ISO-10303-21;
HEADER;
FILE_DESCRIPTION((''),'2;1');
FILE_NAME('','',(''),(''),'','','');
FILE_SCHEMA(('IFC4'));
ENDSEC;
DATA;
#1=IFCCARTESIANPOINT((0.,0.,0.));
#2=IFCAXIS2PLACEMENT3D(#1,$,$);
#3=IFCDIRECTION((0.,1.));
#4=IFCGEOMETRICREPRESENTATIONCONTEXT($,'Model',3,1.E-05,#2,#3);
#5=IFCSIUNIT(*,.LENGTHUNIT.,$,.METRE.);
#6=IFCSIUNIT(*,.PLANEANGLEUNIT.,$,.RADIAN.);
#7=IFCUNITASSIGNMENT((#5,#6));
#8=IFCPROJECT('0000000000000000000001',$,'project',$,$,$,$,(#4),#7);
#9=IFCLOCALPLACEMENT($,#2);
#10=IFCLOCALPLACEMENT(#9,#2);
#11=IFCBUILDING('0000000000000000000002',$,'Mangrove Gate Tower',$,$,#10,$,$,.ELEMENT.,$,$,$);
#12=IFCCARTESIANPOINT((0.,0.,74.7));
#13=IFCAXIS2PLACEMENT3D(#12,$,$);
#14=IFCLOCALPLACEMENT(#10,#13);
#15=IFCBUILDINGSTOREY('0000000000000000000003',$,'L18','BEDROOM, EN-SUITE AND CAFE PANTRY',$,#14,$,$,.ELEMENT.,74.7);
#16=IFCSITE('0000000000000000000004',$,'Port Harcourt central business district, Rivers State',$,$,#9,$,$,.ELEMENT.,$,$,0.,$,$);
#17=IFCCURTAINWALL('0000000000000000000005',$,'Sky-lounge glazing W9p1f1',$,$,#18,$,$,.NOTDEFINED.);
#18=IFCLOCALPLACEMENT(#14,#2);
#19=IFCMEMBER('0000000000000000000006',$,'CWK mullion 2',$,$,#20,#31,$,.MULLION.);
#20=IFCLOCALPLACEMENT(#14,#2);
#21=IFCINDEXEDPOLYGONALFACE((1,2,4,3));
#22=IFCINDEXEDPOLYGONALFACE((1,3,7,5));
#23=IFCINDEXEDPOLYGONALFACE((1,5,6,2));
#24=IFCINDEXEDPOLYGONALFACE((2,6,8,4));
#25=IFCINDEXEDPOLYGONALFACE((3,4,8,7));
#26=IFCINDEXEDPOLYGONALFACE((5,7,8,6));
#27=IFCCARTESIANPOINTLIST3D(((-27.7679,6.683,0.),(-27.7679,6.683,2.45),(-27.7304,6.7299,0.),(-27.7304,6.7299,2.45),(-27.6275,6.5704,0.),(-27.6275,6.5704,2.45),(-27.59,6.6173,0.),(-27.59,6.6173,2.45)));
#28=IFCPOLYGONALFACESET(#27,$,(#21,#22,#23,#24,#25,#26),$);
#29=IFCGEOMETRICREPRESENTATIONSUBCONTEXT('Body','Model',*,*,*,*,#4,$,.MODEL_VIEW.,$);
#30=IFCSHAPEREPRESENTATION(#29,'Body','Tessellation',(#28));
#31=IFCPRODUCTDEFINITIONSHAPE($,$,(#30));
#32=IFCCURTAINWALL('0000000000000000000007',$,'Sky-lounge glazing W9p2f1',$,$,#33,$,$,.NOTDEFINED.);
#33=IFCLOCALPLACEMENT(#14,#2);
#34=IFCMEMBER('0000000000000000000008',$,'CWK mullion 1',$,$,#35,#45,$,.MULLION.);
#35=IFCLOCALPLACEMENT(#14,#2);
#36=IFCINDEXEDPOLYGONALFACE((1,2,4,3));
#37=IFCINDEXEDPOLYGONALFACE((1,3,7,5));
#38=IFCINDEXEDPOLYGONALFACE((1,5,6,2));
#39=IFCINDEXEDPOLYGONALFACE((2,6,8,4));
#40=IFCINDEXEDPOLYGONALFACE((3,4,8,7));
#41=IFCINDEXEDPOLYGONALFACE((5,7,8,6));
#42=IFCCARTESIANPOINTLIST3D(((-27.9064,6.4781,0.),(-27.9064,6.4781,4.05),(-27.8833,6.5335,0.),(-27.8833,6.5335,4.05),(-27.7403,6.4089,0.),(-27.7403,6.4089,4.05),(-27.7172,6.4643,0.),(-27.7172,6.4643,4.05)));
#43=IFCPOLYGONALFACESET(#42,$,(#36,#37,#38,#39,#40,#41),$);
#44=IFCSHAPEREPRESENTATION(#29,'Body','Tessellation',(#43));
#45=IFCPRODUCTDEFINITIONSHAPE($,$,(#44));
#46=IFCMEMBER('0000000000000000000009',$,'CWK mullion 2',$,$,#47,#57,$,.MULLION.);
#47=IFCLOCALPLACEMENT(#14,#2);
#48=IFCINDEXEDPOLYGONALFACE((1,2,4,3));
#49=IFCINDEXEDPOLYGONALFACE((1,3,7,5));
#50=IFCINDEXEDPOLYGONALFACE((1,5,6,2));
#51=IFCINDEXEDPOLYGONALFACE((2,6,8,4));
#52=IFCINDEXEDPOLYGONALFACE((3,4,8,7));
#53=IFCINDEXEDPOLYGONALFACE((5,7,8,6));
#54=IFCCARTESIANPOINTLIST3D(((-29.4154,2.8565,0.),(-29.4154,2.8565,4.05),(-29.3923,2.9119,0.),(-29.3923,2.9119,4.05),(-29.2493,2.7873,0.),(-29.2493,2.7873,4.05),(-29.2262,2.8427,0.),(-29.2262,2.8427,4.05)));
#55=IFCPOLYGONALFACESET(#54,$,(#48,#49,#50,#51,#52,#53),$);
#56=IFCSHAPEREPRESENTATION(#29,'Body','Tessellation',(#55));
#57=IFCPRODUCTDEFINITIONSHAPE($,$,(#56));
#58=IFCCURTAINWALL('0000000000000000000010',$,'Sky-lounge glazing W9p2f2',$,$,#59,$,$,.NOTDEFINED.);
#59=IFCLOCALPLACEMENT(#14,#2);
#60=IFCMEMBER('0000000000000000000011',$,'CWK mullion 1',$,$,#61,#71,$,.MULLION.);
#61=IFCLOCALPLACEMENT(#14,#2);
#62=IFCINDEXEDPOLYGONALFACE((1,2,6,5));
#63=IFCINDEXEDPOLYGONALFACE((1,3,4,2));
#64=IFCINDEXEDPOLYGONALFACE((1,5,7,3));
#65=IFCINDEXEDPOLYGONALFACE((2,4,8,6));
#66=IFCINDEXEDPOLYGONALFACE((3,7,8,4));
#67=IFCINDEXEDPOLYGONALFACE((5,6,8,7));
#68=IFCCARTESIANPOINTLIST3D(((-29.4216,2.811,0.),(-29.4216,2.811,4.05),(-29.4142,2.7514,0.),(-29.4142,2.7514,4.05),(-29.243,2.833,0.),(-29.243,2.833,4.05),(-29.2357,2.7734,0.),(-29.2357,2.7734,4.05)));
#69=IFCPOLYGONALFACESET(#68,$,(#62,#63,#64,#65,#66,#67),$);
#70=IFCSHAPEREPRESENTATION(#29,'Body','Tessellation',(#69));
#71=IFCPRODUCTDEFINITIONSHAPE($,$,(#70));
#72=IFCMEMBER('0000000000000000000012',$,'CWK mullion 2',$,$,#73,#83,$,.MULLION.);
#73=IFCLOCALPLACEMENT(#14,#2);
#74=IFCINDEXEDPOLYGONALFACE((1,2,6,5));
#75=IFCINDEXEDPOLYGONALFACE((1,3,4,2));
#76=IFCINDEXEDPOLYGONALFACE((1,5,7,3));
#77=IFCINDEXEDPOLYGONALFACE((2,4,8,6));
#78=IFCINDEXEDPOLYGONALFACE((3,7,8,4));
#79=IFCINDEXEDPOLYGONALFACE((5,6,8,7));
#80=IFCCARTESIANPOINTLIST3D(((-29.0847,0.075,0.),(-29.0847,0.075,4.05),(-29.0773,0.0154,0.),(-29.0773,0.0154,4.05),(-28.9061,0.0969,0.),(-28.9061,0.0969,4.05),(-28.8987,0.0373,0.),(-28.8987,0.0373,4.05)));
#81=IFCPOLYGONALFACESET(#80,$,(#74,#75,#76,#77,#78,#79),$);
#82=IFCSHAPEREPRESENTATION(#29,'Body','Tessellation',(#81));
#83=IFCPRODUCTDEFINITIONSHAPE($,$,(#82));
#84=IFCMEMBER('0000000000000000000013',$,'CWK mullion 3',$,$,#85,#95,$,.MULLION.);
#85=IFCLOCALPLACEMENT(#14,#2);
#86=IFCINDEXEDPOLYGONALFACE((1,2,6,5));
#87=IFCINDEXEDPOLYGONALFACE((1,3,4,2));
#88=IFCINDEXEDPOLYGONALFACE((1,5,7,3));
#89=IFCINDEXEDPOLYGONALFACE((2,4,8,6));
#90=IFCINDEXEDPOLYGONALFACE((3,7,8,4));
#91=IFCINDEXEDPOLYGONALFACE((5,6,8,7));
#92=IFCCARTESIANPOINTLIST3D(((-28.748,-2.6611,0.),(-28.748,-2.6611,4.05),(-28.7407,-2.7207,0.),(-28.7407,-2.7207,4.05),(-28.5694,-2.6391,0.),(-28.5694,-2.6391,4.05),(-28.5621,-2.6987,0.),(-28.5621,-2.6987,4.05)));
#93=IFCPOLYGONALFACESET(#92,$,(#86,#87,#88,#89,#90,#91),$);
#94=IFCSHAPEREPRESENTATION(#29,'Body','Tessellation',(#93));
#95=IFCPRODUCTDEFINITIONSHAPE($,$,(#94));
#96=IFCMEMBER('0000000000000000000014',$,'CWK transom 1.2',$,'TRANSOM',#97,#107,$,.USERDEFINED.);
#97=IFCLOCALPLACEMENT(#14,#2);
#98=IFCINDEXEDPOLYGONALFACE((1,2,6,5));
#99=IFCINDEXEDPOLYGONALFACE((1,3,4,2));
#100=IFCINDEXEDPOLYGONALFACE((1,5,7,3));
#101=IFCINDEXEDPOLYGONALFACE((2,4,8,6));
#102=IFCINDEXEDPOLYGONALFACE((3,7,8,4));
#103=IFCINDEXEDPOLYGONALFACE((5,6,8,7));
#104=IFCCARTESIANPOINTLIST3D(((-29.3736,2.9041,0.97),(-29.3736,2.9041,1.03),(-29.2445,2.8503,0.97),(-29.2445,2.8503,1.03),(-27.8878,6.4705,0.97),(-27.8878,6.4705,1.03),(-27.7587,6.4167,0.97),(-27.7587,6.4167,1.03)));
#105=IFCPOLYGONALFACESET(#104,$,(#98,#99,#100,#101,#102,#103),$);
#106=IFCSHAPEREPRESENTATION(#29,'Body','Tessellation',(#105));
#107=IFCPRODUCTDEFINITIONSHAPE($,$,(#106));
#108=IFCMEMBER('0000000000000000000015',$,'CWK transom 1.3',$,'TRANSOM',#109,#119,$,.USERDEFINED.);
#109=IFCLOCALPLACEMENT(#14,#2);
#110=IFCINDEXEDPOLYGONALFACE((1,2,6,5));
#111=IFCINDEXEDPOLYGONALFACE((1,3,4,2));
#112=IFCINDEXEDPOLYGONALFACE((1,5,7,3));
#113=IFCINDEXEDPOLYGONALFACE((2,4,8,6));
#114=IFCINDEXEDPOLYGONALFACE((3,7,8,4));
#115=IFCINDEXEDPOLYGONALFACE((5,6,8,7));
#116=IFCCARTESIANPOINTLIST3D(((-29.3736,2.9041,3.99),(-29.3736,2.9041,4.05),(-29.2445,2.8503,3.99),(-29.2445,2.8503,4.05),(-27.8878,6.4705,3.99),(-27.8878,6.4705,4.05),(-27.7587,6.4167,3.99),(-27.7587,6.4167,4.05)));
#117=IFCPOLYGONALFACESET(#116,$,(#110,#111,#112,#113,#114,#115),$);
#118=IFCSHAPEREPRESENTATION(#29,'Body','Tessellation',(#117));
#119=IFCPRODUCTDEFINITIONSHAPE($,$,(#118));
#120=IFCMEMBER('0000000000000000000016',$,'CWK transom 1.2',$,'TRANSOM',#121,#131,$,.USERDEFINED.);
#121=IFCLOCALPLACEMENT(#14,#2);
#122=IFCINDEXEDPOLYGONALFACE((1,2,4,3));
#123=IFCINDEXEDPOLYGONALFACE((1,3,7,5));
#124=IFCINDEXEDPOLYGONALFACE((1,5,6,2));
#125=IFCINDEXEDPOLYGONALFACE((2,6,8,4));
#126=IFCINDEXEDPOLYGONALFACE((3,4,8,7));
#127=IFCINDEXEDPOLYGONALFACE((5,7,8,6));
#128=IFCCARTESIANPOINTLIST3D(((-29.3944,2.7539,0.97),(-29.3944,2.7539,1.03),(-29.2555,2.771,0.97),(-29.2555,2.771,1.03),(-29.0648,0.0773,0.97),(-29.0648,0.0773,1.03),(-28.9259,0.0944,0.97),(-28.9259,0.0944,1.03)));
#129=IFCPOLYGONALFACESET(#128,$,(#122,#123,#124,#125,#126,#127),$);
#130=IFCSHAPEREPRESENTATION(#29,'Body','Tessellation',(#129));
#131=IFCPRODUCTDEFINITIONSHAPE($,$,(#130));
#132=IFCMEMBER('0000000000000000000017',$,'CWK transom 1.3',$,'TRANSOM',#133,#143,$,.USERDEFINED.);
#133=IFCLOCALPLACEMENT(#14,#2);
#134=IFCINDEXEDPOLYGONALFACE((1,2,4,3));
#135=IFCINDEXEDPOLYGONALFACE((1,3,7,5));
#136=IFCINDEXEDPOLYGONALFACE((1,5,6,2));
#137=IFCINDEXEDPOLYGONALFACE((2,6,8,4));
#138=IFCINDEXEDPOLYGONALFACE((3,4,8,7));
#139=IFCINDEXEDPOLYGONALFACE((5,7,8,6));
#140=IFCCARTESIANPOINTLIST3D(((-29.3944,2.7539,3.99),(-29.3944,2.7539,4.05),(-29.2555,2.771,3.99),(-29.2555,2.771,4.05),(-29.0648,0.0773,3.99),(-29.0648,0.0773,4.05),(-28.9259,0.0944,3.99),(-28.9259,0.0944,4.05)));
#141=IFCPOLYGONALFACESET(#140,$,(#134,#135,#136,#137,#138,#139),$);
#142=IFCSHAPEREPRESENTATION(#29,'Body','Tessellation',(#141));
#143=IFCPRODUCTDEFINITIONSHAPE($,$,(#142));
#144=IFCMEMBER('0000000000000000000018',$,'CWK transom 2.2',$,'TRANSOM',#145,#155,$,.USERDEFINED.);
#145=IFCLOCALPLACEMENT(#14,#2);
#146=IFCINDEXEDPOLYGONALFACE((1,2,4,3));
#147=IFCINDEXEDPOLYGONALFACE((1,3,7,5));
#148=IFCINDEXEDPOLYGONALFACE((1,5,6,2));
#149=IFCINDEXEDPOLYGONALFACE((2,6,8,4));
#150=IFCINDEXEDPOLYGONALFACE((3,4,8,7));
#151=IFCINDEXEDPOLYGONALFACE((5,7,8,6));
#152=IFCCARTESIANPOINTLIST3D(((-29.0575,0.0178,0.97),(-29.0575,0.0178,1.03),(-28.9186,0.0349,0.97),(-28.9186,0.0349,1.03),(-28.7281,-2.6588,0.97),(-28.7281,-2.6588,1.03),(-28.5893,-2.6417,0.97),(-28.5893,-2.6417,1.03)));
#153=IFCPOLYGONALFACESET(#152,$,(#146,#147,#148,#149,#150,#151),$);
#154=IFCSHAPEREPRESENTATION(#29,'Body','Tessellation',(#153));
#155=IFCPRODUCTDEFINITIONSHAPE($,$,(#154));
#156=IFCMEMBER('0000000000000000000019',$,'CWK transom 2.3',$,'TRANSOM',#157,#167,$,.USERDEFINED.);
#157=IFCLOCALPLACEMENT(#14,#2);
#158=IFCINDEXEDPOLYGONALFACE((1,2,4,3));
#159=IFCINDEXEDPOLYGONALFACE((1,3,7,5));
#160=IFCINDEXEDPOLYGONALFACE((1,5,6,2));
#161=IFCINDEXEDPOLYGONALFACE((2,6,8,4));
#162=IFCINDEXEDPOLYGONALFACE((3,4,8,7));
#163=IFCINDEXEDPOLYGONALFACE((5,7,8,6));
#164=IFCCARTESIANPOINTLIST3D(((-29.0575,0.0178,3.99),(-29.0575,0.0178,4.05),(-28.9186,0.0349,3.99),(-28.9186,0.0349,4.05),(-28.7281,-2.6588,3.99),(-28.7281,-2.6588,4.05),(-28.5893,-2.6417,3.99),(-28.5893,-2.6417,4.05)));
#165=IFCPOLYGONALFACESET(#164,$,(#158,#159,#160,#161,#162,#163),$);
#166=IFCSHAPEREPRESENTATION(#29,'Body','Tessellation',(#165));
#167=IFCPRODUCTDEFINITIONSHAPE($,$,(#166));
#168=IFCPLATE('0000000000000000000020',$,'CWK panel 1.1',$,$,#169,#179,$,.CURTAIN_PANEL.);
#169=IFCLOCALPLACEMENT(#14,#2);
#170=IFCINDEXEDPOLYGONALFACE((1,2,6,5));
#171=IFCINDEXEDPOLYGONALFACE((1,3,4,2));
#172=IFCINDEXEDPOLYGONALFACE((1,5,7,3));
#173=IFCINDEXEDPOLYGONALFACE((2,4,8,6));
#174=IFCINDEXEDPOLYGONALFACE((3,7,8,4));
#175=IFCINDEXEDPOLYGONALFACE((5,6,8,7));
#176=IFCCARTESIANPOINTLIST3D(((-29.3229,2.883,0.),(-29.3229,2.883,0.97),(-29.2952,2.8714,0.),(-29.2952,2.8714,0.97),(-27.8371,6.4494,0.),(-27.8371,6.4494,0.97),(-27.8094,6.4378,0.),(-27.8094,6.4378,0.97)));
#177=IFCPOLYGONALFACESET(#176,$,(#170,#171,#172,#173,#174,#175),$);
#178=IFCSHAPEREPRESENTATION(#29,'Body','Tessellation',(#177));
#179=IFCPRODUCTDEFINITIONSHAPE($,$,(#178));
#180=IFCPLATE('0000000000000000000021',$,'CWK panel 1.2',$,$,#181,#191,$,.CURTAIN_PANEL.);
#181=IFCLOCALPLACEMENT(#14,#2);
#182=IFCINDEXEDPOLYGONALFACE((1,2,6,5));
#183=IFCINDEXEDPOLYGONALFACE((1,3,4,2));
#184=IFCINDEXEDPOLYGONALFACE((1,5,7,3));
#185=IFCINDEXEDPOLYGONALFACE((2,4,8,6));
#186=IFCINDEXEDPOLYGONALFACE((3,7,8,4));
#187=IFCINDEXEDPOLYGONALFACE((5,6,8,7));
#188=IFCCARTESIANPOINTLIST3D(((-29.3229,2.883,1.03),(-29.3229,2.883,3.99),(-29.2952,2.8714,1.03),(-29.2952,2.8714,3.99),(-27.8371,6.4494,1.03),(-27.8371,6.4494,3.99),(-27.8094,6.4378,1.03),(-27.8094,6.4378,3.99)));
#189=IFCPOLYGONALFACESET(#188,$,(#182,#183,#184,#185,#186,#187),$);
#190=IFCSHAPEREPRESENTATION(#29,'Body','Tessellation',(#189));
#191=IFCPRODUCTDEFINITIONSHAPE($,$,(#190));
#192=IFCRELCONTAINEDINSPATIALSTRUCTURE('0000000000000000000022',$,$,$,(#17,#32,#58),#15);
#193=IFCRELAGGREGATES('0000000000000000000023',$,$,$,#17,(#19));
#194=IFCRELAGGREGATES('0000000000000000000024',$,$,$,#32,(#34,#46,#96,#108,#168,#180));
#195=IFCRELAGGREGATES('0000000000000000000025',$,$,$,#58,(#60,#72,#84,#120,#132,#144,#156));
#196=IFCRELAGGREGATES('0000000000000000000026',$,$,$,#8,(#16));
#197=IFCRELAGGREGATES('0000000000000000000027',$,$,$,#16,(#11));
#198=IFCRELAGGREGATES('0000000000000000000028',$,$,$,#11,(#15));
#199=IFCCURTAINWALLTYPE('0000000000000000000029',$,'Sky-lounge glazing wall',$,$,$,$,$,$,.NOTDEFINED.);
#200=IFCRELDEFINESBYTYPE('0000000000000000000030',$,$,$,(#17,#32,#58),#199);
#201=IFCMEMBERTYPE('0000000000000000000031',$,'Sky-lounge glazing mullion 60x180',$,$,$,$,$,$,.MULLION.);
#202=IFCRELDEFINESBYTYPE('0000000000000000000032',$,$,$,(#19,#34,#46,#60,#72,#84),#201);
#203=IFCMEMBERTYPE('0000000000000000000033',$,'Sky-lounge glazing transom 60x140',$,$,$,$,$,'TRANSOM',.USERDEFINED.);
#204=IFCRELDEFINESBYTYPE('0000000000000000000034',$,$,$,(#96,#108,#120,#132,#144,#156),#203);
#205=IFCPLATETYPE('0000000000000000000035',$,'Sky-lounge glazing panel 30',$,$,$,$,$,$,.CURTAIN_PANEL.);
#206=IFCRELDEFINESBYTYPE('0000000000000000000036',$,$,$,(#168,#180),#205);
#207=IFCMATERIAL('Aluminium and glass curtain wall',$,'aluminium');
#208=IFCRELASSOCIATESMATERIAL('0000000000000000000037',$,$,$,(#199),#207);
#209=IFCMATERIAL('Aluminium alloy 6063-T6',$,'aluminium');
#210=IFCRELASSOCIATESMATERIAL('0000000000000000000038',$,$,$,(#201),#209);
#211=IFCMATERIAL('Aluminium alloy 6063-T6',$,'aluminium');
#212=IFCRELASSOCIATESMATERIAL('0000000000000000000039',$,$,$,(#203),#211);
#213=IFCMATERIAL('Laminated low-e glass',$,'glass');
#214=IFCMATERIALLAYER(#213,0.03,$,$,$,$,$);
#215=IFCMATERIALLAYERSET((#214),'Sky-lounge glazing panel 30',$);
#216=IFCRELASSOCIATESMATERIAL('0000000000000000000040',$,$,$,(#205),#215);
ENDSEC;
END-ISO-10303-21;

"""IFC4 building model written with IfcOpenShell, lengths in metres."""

from ifc_helpers import new_model, si_unit, direction, frame, origin, origin_2d, place, context, subcontext, project, spatial, rectangle, extrude, material, layer, layer_set, material_profile, profile_set, type_object, element, aggregate, save


model = new_model("IFC4")

# Units and contexts
model_context = context("Model", 3, precision=1e-05, world=origin(), true_north=direction((0.0, 1.0)))
body_context = subcontext(model_context, "Body", "Model", "MODEL_VIEW")
ifc_project = project(units=[si_unit("LENGTHUNIT", "METRE"), si_unit("PLANEANGLEUNIT", "RADIAN")], contexts=[model_context])

# Site, building, storey
site_placement = place(None, origin())
site = spatial("IfcSite", under=ifc_project, at=site_placement, Name="Port Harcourt central business district, Rivers State", CompositionType="ELEMENT", RefElevation=0.0)
building_placement = place(site_placement, origin())
building = spatial("IfcBuilding", under=site, at=building_placement, Name="Mangrove Gate Tower", CompositionType="ELEMENT")
storey_placement = place(building_placement, frame((0.0, 0.0, 74.7)))
storey = spatial("IfcBuildingStorey", under=building, at=storey_placement, Name="L18", Description="BEDROOM, EN-SUITE AND CAFE PANTRY", CompositionType="ELEMENT", Elevation=74.7)

# Curtain wall, member
ifc_material_1 = material(Name="Aluminium and glass curtain wall", Category="aluminium")
curtain_wall_type = type_object("IfcCurtainWallType", Name="Sky-lounge glazing wall", PredefinedType="NOTDEFINED", material=ifc_material_1)
curtain_wall_1_placement = place(storey_placement, origin())
curtain_wall_1 = element("IfcCurtainWall", 1, at=curtain_wall_1_placement, inside=storey, type_object=curtain_wall_type, Name="Sky-lounge glazing W9p1f1", PredefinedType="NOTDEFINED")
ifc_material_2 = material(Name="Aluminium alloy 6063-T6", Category="aluminium")
ifc_material_profile_1 = material_profile(ifc_material_2, rectangle(XDim=0.0601, YDim=0.1799, at=origin_2d()))
ifc_profile_set_1 = profile_set([ifc_material_profile_1], Name="Aluminium alloy 6063-T6")
member_type_1 = type_object("IfcMemberType", Name="Sky-lounge glazing mullion 60x180", PredefinedType="MULLION", material=ifc_profile_set_1)
member_1_placement = place(storey_placement, frame((-27.679, 6.6501, 0.0), z_axis=(0.0, 0.0, 1.0), x_axis=(-0.625548, -0.780186, 0.0)))
member_1 = element("IfcMember", 2, at=member_1_placement, type_object=member_type_1, Name="CWK mullion 2", PredefinedType="MULLION", context=body_context, shape_type="SweptSolid", body=[
    extrude(rectangle(XDim=0.0601, YDim=0.1799, at=origin_2d()), origin(), (0.0, 0.0, 1.0), 2.45),
])
aggregate(curtain_wall_1, [member_1])

# Curtain walls, members
curtain_wall_2_placement = place(storey_placement, origin())
curtain_wall_2 = element("IfcCurtainWall", 3, at=curtain_wall_2_placement, inside=storey, type_object=curtain_wall_type, Name="Sky-lounge glazing W9p2f1", PredefinedType="NOTDEFINED")
member_2_placement = place(storey_placement, frame((-27.8118, 6.4712, 0.0), z_axis=(0.0, 0.0, 1.0), x_axis=(-0.384583, -0.92309, 0.0)))
member_2 = element("IfcMember", 4, at=member_2_placement, type_object=member_type_1, Name="CWK mullion 1", PredefinedType="MULLION", context=body_context, shape_type="SweptSolid", body=[
    extrude(rectangle(XDim=0.0601, YDim=0.1799, at=origin_2d()), origin(), (0.0, 0.0, 1.0), 4.05),
])
member_3_placement = place(storey_placement, frame((-29.3208, 2.8496, 0.0), z_axis=(0.0, 0.0, 1.0), x_axis=(-0.384583, -0.92309, 0.0)))
member_3 = element("IfcMember", 5, at=member_3_placement, type_object=member_type_1, Name="CWK mullion 2", PredefinedType="MULLION", context=body_context, shape_type="SweptSolid", body=[
    extrude(rectangle(XDim=0.0601, YDim=0.1799, at=origin_2d()), origin(), (0.0, 0.0, 1.0), 4.05),
])
curtain_wall_3_placement = place(storey_placement, origin())
curtain_wall_3 = element("IfcCurtainWall", 6, at=curtain_wall_3_placement, inside=storey, type_object=curtain_wall_type, Name="Sky-lounge glazing W9p2f2", PredefinedType="NOTDEFINED")
member_4_placement = place(storey_placement, frame((-29.3286, 2.7922, 0.0), z_axis=(0.0, 0.0, 1.0), x_axis=(0.122172, -0.992509, 0.0)))
member_4 = element("IfcMember", 7, at=member_4_placement, type_object=member_type_1, Name="CWK mullion 1", PredefinedType="MULLION", context=body_context, shape_type="SweptSolid", body=[
    extrude(rectangle(XDim=0.0601, YDim=0.1799, at=origin_2d()), origin(), (0.0, 0.0, 1.0), 4.05),
])
member_5_placement = place(storey_placement, frame((-28.9917, 0.0562, 0.0), z_axis=(0.0, 0.0, 1.0), x_axis=(0.122172, -0.992509, 0.0)))
member_5 = element("IfcMember", 8, at=member_5_placement, type_object=member_type_1, Name="CWK mullion 2", PredefinedType="MULLION", context=body_context, shape_type="SweptSolid", body=[
    extrude(rectangle(XDim=0.0601, YDim=0.1799, at=origin_2d()), origin(), (0.0, 0.0, 1.0), 4.05),
])
member_6_placement = place(storey_placement, frame((-28.655, -2.6799, 0.0), z_axis=(0.0, 0.0, 1.0), x_axis=(0.122172, -0.992509, 0.0)))
member_6 = element("IfcMember", 9, at=member_6_placement, type_object=member_type_1, Name="CWK mullion 3", PredefinedType="MULLION", context=body_context, shape_type="SweptSolid", body=[
    extrude(rectangle(XDim=0.0601, YDim=0.1799, at=origin_2d()), origin(), (0.0, 0.0, 1.0), 4.05),
])

# Members
ifc_material_3 = material(Name="Aluminium alloy 6063-T6", Category="aluminium")
ifc_material_profile_2 = material_profile(ifc_material_3, rectangle(XDim=0.0601, YDim=0.1399, at=origin_2d()))
ifc_profile_set_2 = profile_set([ifc_material_profile_2], Name="Aluminium alloy 6063-T6")
member_type_2 = type_object("IfcMemberType", Name="Sky-lounge glazing transom 60x140", ElementType="TRANSOM", PredefinedType="USERDEFINED", material=ifc_profile_set_2)
member_7_placement = place(storey_placement, frame((-27.8232, 6.4436, 1.0), z_axis=(-0.384579, -0.923092, 0.0), x_axis=(0.0, 0.0, 1.0)))
member_7 = element("IfcMember", 10, at=member_7_placement, type_object=member_type_2, Name="CWK transom 1.2", ObjectType="TRANSOM", PredefinedType="USERDEFINED", context=body_context, shape_type="SweptSolid", body=[
    extrude(rectangle(XDim=0.0601, YDim=0.1399, at=origin_2d()), origin(), (0.0, 0.0, 1.0), 3.8635),
])
member_8_placement = place(storey_placement, frame((-27.8232, 6.4436, 4.02), z_axis=(-0.384579, -0.923092, 0.0), x_axis=(0.0, 0.0, 1.0)))
member_8 = element("IfcMember", 11, at=member_8_placement, type_object=member_type_2, Name="CWK transom 1.3", ObjectType="TRANSOM", PredefinedType="USERDEFINED", context=body_context, shape_type="SweptSolid", body=[
    extrude(rectangle(XDim=0.0601, YDim=0.1399, at=origin_2d()), origin(), (0.0, 0.0, 1.0), 3.8635),
])
member_9_placement = place(storey_placement, frame((-29.325, 2.7625, 1.0), z_axis=(0.122218, -0.992503, 0.0), x_axis=(0.0, 0.0, 1.0)))
member_9 = element("IfcMember", 12, at=member_9_placement, type_object=member_type_2, Name="CWK transom 1.2", ObjectType="TRANSOM", PredefinedType="USERDEFINED", context=body_context, shape_type="SweptSolid", body=[
    extrude(rectangle(XDim=0.0601, YDim=0.1399, at=origin_2d()), origin(), (0.0, 0.0, 1.0), 2.6968),
])
member_10_placement = place(storey_placement, frame((-29.325, 2.7625, 4.02), z_axis=(0.122218, -0.992503, 0.0), x_axis=(0.0, 0.0, 1.0)))
member_10 = element("IfcMember", 13, at=member_10_placement, type_object=member_type_2, Name="CWK transom 1.3", ObjectType="TRANSOM", PredefinedType="USERDEFINED", context=body_context, shape_type="SweptSolid", body=[
    extrude(rectangle(XDim=0.0601, YDim=0.1399, at=origin_2d()), origin(), (0.0, 0.0, 1.0), 2.6968),
])
member_11_placement = place(storey_placement, frame((-28.988, 0.0264, 1.0), z_axis=(0.122129, -0.992514, 0.0), x_axis=(0.0, 0.0, 1.0)))
member_11 = element("IfcMember", 14, at=member_11_placement, type_object=member_type_2, Name="CWK transom 2.2", ObjectType="TRANSOM", PredefinedType="USERDEFINED", context=body_context, shape_type="SweptSolid", body=[
    extrude(rectangle(XDim=0.0601, YDim=0.1399, at=origin_2d()), origin(), (0.0, 0.0, 1.0), 2.6968),
])
member_12_placement = place(storey_placement, frame((-28.988, 0.0264, 4.02), z_axis=(0.122129, -0.992514, 0.0), x_axis=(0.0, 0.0, 1.0)))
member_12 = element("IfcMember", 15, at=member_12_placement, type_object=member_type_2, Name="CWK transom 2.3", ObjectType="TRANSOM", PredefinedType="USERDEFINED", context=body_context, shape_type="SweptSolid", body=[
    extrude(rectangle(XDim=0.0601, YDim=0.1399, at=origin_2d()), origin(), (0.0, 0.0, 1.0), 2.6968),
])

# Plates
ifc_material_4 = material(Name="Laminated low-e glass", Category="glass")
ifc_layer_1 = layer(ifc_material_4, 0.03)
ifc_layer_set_1 = layer_set([ifc_layer_1], Name="Sky-lounge glazing panel 30")
plate_type = type_object("IfcPlateType", Name="Sky-lounge glazing panel 30", PredefinedType="CURTAIN_PANEL", material=ifc_layer_set_1)
plate_1_placement = place(storey_placement, frame((-28.5662, 4.6604, 0.0), z_axis=(0.0, 0.0, 1.0), x_axis=(-0.384583, -0.92309, 0.0)))
plate_1 = element("IfcPlate", 16, at=plate_1_placement, type_object=plate_type, Name="CWK panel 1.1", PredefinedType="CURTAIN_PANEL", context=body_context, shape_type="SweptSolid", body=[
    extrude(rectangle(XDim=3.8635, YDim=0.03, at=origin_2d()), origin(), (0.0, 0.0, 1.0), 0.97),
])
plate_2_placement = place(storey_placement, frame((-28.5662, 4.6604, 1.03), z_axis=(0.0, 0.0, 1.0), x_axis=(-0.384583, -0.92309, 0.0)))
plate_2 = element("IfcPlate", 17, at=plate_2_placement, type_object=plate_type, Name="CWK panel 1.2", PredefinedType="CURTAIN_PANEL", context=body_context, shape_type="SweptSolid", body=[
    extrude(rectangle(XDim=3.8635, YDim=0.03, at=origin_2d()), origin(), (0.0, 0.0, 1.0), 2.96),
])
aggregate(curtain_wall_2, [member_2, member_3, member_7, member_8, plate_1, plate_2])
aggregate(curtain_wall_3, [member_4, member_5, member_6, member_9, member_10, member_11, member_12])

save(model, "model.ifc")
